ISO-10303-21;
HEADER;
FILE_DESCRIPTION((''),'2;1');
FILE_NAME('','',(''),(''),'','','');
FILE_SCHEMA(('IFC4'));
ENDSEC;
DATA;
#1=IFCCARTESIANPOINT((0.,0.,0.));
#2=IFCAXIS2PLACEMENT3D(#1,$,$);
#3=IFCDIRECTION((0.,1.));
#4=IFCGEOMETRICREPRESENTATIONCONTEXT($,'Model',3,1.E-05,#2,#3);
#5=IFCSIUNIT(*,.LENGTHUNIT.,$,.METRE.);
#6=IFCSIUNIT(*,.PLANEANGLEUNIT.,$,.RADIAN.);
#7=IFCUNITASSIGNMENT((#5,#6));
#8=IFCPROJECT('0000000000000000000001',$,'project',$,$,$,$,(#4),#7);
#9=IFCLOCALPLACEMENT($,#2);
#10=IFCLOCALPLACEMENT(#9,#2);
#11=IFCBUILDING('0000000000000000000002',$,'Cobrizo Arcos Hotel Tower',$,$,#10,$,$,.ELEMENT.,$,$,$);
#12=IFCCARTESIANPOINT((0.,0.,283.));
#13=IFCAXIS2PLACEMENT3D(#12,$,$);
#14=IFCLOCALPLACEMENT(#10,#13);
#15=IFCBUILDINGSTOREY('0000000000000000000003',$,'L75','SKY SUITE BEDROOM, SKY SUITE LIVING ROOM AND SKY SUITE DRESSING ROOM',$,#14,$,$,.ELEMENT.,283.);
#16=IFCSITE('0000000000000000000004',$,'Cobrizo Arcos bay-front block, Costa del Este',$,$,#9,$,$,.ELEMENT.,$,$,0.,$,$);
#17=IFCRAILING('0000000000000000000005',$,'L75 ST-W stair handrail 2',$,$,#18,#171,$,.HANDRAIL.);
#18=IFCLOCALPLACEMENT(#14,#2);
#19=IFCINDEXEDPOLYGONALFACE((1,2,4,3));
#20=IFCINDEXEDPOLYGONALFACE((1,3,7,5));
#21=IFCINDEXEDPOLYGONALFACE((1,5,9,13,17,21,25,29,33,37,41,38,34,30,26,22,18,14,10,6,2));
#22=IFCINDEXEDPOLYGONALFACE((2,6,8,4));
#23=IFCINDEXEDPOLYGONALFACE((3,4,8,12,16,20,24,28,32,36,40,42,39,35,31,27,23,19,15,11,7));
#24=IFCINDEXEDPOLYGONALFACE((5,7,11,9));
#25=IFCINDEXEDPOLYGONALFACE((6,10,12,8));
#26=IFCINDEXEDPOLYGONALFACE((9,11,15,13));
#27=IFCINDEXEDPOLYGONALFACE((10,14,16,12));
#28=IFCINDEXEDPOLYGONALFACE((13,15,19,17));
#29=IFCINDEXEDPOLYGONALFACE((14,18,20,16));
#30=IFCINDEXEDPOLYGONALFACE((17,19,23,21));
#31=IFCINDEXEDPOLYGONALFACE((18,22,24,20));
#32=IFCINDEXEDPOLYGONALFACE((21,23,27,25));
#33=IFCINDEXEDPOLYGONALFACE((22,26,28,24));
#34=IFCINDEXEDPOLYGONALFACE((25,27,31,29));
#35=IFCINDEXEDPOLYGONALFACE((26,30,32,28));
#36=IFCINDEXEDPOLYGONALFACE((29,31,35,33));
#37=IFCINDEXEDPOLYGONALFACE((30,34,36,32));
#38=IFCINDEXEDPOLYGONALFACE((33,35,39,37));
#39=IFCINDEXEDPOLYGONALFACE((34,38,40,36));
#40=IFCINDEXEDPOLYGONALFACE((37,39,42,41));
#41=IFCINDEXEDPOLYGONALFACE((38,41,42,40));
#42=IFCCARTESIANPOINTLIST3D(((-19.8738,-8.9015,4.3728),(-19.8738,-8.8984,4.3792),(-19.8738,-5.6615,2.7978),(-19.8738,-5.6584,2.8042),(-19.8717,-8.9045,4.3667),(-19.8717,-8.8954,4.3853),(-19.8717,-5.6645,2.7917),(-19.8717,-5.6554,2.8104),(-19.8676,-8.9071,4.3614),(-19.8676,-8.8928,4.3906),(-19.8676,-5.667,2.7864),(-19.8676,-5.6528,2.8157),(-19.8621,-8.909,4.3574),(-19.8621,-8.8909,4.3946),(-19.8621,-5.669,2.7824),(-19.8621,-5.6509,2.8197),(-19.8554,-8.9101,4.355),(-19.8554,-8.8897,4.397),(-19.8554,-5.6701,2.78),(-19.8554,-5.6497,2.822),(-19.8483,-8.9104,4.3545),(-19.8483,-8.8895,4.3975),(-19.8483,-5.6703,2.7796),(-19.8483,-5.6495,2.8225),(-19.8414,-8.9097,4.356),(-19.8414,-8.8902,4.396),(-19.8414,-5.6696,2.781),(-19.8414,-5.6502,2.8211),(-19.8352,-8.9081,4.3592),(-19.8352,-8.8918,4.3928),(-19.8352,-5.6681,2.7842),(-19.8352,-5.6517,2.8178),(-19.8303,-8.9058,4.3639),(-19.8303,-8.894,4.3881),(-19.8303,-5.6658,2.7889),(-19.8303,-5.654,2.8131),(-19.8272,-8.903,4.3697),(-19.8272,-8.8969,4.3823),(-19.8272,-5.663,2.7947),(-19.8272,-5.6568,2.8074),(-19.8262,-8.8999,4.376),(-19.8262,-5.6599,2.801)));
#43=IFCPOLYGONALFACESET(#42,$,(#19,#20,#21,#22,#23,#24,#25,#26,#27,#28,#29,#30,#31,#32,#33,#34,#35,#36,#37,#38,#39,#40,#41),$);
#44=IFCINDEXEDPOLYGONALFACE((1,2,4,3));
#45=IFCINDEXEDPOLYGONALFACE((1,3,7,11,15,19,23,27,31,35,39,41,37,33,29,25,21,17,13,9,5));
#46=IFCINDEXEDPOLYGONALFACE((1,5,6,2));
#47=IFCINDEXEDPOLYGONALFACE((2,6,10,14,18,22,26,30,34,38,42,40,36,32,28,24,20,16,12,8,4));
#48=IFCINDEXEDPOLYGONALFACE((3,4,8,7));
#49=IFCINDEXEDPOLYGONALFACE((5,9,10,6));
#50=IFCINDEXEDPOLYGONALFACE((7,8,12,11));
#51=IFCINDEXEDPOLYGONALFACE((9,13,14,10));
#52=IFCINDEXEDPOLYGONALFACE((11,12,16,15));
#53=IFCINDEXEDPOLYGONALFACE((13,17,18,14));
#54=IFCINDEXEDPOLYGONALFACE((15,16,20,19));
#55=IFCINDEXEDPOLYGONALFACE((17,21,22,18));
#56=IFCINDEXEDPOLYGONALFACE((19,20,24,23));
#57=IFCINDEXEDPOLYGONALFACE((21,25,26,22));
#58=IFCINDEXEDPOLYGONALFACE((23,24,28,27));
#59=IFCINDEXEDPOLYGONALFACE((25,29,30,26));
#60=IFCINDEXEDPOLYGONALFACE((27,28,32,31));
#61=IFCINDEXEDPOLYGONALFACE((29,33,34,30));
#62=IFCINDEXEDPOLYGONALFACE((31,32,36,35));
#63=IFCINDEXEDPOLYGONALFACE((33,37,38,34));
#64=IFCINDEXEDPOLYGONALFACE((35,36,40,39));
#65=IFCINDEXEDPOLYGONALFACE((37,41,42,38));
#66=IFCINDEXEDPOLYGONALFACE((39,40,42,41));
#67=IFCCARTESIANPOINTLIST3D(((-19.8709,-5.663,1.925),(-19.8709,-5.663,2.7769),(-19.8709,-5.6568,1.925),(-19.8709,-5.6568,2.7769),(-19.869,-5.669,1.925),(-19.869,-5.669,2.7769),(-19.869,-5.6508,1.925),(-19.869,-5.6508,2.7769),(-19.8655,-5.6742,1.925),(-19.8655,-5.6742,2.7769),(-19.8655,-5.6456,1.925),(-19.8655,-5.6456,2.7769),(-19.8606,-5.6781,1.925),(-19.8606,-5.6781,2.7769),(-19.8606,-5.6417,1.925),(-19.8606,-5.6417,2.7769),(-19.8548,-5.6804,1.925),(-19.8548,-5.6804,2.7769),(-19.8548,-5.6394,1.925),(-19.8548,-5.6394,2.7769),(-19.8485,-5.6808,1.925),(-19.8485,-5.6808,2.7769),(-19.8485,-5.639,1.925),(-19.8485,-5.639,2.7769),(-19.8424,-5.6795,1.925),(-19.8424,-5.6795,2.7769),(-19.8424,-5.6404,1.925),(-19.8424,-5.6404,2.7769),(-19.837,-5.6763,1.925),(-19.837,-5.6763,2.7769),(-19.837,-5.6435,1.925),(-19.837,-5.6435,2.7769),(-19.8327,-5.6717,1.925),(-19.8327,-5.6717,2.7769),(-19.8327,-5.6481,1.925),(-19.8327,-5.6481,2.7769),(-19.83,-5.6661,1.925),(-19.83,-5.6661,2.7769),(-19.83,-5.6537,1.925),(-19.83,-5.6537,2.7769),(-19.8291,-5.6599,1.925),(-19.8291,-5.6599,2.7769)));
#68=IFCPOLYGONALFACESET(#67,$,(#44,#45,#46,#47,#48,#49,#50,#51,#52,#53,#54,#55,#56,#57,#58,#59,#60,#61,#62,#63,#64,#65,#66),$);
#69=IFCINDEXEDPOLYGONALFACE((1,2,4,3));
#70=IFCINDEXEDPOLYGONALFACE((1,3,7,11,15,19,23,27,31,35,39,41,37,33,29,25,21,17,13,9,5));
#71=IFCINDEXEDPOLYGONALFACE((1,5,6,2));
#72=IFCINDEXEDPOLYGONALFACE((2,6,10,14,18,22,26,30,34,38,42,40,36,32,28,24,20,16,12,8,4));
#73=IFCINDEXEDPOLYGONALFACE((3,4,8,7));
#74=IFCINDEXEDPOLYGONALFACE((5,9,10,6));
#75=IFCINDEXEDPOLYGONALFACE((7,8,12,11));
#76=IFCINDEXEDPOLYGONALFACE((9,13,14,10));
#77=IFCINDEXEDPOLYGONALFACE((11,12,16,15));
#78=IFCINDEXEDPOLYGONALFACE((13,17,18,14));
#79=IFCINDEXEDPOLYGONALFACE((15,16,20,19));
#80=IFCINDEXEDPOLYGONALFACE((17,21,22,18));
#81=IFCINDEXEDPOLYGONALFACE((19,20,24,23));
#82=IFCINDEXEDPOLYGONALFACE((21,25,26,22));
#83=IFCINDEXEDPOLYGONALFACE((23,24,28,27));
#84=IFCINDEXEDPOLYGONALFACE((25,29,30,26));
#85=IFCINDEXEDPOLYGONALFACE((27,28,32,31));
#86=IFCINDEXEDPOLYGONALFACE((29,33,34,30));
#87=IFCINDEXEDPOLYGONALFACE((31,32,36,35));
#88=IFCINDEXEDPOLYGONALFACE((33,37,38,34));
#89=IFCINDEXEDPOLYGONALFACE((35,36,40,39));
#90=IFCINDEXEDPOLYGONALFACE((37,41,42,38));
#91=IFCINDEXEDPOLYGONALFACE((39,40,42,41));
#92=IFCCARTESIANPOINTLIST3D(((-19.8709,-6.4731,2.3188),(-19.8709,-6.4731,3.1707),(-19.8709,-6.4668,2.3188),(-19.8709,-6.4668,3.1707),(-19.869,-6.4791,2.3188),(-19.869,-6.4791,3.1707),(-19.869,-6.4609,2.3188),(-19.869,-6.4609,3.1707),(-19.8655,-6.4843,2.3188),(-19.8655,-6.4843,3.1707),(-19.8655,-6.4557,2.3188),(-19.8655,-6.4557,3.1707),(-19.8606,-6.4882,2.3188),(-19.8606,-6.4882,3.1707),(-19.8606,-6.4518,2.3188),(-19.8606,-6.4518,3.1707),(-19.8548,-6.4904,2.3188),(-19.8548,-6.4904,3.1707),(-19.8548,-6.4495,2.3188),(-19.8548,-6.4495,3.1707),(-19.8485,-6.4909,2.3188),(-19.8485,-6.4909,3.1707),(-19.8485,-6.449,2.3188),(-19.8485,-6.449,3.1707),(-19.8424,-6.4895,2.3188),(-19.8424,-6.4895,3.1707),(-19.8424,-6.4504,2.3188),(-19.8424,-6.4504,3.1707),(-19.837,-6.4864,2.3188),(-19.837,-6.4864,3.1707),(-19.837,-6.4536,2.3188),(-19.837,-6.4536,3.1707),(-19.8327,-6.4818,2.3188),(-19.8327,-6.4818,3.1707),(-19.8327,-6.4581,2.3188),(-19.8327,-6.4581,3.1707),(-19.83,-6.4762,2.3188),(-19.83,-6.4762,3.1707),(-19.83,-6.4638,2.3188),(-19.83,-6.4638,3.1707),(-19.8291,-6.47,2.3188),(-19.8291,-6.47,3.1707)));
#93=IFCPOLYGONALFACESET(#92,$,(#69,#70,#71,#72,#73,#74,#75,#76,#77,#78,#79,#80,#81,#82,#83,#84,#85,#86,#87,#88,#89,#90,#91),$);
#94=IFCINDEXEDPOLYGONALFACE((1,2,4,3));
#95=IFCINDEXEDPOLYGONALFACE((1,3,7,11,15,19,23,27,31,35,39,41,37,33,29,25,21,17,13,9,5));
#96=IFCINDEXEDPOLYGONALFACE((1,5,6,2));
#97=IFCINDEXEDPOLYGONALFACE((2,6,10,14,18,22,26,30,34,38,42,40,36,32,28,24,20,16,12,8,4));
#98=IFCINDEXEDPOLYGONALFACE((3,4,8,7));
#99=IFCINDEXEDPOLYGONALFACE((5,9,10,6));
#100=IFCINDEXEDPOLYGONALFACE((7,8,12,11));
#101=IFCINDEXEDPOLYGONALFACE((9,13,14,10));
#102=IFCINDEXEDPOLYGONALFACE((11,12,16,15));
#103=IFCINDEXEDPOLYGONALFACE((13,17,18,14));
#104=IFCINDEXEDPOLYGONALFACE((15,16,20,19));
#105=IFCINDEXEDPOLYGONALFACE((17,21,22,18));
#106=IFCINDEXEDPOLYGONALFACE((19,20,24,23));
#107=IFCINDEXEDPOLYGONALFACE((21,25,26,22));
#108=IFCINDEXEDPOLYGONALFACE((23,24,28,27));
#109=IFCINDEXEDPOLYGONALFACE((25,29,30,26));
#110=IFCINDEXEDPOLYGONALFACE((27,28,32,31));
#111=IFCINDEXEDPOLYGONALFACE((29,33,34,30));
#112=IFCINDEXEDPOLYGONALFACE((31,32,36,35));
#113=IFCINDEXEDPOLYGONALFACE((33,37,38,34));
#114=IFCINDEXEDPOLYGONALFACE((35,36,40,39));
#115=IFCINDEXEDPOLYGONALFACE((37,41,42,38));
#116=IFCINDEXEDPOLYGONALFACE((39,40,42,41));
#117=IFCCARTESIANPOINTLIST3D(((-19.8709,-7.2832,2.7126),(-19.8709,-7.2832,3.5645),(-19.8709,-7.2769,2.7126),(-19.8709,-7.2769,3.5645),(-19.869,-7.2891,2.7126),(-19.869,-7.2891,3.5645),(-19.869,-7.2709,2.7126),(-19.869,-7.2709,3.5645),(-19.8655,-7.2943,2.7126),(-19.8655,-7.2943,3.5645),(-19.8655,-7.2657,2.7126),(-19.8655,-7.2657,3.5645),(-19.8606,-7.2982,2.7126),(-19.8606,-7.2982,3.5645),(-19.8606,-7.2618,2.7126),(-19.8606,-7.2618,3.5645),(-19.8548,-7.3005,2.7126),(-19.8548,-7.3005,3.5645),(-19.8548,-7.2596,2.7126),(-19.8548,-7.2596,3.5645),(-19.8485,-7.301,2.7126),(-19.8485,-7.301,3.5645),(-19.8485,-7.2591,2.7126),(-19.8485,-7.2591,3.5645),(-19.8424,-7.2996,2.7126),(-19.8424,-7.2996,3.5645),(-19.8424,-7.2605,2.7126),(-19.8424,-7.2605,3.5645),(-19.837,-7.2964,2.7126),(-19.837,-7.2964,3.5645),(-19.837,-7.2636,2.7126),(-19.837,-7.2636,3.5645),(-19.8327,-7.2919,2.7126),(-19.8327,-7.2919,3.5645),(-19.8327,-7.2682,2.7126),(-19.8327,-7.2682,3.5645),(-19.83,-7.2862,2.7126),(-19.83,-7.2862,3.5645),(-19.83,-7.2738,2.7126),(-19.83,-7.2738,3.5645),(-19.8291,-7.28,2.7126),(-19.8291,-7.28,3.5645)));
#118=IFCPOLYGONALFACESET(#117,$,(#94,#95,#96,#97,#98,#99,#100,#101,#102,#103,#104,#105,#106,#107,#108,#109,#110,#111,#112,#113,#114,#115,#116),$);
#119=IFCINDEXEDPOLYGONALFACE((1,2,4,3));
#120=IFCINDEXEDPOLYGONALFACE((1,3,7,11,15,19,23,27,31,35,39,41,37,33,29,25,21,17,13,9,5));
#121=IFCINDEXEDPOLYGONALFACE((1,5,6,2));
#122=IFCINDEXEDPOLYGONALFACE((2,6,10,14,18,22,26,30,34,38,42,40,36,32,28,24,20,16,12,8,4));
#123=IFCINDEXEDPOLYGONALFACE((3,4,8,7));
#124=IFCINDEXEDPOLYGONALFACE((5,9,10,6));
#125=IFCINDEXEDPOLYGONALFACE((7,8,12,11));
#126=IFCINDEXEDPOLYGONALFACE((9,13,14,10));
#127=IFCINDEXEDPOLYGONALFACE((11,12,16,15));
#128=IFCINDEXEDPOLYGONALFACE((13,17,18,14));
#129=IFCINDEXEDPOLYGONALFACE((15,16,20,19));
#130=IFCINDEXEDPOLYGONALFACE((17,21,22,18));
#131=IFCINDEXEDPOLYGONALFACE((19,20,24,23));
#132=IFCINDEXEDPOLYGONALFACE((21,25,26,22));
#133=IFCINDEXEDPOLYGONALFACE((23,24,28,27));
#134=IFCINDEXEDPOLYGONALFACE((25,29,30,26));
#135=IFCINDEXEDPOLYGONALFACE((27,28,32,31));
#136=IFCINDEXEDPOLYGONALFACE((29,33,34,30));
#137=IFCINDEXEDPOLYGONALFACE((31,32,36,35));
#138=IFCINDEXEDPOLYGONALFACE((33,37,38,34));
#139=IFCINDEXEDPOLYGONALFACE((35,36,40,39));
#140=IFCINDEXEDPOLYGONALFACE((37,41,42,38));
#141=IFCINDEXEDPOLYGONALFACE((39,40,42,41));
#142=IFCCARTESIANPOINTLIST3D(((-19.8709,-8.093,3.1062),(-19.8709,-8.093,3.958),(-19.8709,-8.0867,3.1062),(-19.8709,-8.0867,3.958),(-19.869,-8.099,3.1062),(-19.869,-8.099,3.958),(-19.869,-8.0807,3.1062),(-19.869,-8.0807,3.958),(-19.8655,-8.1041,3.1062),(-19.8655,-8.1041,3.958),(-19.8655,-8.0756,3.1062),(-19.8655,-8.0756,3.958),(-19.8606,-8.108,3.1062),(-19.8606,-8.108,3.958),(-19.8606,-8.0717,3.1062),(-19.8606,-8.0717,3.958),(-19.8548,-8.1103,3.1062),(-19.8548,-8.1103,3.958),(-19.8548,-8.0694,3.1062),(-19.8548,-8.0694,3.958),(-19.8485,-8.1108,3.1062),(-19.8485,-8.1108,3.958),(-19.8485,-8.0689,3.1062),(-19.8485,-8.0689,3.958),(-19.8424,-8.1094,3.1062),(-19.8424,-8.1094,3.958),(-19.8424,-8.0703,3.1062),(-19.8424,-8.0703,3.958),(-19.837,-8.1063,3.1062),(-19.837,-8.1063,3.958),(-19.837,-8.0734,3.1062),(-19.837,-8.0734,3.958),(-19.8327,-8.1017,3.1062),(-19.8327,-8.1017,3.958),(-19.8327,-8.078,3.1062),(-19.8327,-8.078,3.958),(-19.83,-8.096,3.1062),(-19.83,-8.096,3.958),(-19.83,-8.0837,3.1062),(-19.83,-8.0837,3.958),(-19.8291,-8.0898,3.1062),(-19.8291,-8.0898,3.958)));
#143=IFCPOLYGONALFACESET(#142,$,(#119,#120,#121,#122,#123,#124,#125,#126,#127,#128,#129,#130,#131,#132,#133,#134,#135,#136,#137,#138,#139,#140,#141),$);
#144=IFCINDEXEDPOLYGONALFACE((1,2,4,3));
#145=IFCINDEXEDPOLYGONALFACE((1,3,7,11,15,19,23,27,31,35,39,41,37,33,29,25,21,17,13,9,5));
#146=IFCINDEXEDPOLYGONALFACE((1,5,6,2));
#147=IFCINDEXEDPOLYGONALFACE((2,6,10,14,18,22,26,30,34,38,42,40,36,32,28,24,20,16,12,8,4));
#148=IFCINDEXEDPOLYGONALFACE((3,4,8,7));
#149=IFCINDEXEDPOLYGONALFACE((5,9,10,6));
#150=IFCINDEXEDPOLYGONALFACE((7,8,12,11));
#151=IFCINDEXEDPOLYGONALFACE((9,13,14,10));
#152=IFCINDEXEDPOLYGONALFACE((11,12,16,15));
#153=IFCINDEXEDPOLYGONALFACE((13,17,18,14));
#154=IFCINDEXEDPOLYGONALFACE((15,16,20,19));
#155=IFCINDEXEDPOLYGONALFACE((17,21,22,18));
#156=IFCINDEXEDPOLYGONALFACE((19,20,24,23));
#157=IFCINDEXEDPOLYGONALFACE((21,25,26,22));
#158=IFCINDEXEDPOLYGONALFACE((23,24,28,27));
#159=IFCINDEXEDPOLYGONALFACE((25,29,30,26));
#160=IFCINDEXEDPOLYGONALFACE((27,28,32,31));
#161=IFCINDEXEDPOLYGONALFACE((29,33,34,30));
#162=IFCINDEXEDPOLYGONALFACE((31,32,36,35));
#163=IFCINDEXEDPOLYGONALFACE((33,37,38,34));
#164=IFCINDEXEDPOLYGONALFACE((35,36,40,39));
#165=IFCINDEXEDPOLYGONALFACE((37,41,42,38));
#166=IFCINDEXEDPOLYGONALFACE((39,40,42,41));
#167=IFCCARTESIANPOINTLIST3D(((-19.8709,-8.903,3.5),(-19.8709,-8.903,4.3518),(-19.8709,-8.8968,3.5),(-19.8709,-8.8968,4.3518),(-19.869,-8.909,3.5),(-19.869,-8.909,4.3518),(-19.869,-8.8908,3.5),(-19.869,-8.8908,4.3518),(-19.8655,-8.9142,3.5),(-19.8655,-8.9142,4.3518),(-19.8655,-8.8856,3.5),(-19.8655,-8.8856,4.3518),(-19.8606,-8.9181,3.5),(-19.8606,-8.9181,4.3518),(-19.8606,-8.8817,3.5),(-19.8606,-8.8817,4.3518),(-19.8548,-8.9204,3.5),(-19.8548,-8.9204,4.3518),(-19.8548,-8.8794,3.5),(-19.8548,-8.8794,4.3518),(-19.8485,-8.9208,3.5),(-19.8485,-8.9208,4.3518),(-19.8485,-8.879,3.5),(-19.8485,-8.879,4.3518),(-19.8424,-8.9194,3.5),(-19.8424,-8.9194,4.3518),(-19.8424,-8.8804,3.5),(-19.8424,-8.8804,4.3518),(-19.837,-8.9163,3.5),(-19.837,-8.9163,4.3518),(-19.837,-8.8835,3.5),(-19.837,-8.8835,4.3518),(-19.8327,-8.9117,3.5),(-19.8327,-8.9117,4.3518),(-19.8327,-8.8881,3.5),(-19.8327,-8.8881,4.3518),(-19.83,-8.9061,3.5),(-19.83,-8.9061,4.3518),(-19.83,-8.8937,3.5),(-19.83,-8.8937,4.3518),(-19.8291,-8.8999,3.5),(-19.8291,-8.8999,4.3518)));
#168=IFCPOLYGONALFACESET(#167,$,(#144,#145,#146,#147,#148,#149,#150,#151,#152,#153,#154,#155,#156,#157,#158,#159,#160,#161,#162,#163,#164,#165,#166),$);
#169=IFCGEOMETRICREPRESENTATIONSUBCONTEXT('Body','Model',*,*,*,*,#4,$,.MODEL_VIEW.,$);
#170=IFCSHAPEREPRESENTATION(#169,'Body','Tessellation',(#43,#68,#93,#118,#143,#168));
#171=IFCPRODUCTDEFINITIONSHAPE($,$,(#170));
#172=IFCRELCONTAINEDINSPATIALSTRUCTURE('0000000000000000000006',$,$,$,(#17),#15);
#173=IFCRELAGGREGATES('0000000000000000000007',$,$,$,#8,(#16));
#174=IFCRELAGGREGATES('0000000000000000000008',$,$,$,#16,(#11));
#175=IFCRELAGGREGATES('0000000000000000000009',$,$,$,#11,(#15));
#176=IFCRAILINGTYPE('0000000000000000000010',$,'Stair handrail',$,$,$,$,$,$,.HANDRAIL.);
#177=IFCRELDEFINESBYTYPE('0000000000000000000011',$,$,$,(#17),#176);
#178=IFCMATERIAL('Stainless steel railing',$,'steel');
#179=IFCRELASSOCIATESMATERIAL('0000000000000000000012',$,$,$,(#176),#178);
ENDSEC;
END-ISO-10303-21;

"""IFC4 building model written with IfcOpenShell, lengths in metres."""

from ifc_helpers import new_model, si_unit, direction, frame, origin, origin_2d, place, context, subcontext, project, spatial, circle, extrude, material, type_object, element, save


model = new_model("IFC4")

# Units and contexts
model_context = context("Model", 3, precision=1e-05, world=origin(), true_north=direction((0.0, 1.0)))
body_context = subcontext(model_context, "Body", "Model", "MODEL_VIEW")
ifc_project = project(units=[si_unit("LENGTHUNIT", "METRE"), si_unit("PLANEANGLEUNIT", "RADIAN")], contexts=[model_context])

# Site, building, storey
site_placement = place(None, origin())
site = spatial("IfcSite", under=ifc_project, at=site_placement, Name="Cobrizo Arcos bay-front block, Costa del Este", CompositionType="ELEMENT", RefElevation=0.0)
building_placement = place(site_placement, origin())
building = spatial("IfcBuilding", under=site, at=building_placement, Name="Cobrizo Arcos Hotel Tower", CompositionType="ELEMENT")
storey_placement = place(building_placement, frame((0.0, 0.0, 283.0)))
storey = spatial("IfcBuildingStorey", under=building, at=storey_placement, Name="L75", Description="SKY SUITE BEDROOM, SKY SUITE LIVING ROOM AND SKY SUITE DRESSING ROOM", CompositionType="ELEMENT", Elevation=283.0)

# Railing
ifc_material_1 = material(Name="Stainless steel railing", Category="steel")
railing_type_1 = type_object("IfcRailingType", Name="Stair handrail", PredefinedType="HANDRAIL", material=ifc_material_1)
railing_1_placement = place(storey_placement, frame((-19.8501, -5.6599, 1.925)))
element("IfcRailing", 1, at=railing_1_placement, inside=storey, type_object=railing_type_1, Name="L75 ST-W stair handrail 2", PredefinedType="HANDRAIL", context=body_context, shape_type="SweptSolid", body=[
    extrude(circle(Radius=0.0239, at=origin_2d()), frame((0.0, 0.0, 0.876), z_axis=(0.0, -0.899373, 0.437183), x_axis=(1.0, 0.0, 0.0)), (0.0, 0.0, 1.0), 3.6025),
    extrude(circle(Radius=0.021, at=origin_2d()), origin(), (0.0, 0.0, 1.0), 0.8518),
    extrude(circle(Radius=0.021, at=origin_2d()), frame((0.0, -0.8101, 0.3938)), (0.0, 0.0, 1.0), 0.8518),
    extrude(circle(Radius=0.021, at=origin_2d()), frame((0.0, -1.6201, 0.7876)), (0.0, 0.0, 1.0), 0.8518),
    extrude(circle(Radius=0.021, at=origin_2d()), frame((0.0, -2.4299, 1.1812)), (0.0, 0.0, 1.0), 0.8518),
    extrude(circle(Radius=0.021, at=origin_2d()), frame((0.0, -3.24, 1.575)), (0.0, 0.0, 1.0), 0.8518),
])

save(model, "model.ifc")
